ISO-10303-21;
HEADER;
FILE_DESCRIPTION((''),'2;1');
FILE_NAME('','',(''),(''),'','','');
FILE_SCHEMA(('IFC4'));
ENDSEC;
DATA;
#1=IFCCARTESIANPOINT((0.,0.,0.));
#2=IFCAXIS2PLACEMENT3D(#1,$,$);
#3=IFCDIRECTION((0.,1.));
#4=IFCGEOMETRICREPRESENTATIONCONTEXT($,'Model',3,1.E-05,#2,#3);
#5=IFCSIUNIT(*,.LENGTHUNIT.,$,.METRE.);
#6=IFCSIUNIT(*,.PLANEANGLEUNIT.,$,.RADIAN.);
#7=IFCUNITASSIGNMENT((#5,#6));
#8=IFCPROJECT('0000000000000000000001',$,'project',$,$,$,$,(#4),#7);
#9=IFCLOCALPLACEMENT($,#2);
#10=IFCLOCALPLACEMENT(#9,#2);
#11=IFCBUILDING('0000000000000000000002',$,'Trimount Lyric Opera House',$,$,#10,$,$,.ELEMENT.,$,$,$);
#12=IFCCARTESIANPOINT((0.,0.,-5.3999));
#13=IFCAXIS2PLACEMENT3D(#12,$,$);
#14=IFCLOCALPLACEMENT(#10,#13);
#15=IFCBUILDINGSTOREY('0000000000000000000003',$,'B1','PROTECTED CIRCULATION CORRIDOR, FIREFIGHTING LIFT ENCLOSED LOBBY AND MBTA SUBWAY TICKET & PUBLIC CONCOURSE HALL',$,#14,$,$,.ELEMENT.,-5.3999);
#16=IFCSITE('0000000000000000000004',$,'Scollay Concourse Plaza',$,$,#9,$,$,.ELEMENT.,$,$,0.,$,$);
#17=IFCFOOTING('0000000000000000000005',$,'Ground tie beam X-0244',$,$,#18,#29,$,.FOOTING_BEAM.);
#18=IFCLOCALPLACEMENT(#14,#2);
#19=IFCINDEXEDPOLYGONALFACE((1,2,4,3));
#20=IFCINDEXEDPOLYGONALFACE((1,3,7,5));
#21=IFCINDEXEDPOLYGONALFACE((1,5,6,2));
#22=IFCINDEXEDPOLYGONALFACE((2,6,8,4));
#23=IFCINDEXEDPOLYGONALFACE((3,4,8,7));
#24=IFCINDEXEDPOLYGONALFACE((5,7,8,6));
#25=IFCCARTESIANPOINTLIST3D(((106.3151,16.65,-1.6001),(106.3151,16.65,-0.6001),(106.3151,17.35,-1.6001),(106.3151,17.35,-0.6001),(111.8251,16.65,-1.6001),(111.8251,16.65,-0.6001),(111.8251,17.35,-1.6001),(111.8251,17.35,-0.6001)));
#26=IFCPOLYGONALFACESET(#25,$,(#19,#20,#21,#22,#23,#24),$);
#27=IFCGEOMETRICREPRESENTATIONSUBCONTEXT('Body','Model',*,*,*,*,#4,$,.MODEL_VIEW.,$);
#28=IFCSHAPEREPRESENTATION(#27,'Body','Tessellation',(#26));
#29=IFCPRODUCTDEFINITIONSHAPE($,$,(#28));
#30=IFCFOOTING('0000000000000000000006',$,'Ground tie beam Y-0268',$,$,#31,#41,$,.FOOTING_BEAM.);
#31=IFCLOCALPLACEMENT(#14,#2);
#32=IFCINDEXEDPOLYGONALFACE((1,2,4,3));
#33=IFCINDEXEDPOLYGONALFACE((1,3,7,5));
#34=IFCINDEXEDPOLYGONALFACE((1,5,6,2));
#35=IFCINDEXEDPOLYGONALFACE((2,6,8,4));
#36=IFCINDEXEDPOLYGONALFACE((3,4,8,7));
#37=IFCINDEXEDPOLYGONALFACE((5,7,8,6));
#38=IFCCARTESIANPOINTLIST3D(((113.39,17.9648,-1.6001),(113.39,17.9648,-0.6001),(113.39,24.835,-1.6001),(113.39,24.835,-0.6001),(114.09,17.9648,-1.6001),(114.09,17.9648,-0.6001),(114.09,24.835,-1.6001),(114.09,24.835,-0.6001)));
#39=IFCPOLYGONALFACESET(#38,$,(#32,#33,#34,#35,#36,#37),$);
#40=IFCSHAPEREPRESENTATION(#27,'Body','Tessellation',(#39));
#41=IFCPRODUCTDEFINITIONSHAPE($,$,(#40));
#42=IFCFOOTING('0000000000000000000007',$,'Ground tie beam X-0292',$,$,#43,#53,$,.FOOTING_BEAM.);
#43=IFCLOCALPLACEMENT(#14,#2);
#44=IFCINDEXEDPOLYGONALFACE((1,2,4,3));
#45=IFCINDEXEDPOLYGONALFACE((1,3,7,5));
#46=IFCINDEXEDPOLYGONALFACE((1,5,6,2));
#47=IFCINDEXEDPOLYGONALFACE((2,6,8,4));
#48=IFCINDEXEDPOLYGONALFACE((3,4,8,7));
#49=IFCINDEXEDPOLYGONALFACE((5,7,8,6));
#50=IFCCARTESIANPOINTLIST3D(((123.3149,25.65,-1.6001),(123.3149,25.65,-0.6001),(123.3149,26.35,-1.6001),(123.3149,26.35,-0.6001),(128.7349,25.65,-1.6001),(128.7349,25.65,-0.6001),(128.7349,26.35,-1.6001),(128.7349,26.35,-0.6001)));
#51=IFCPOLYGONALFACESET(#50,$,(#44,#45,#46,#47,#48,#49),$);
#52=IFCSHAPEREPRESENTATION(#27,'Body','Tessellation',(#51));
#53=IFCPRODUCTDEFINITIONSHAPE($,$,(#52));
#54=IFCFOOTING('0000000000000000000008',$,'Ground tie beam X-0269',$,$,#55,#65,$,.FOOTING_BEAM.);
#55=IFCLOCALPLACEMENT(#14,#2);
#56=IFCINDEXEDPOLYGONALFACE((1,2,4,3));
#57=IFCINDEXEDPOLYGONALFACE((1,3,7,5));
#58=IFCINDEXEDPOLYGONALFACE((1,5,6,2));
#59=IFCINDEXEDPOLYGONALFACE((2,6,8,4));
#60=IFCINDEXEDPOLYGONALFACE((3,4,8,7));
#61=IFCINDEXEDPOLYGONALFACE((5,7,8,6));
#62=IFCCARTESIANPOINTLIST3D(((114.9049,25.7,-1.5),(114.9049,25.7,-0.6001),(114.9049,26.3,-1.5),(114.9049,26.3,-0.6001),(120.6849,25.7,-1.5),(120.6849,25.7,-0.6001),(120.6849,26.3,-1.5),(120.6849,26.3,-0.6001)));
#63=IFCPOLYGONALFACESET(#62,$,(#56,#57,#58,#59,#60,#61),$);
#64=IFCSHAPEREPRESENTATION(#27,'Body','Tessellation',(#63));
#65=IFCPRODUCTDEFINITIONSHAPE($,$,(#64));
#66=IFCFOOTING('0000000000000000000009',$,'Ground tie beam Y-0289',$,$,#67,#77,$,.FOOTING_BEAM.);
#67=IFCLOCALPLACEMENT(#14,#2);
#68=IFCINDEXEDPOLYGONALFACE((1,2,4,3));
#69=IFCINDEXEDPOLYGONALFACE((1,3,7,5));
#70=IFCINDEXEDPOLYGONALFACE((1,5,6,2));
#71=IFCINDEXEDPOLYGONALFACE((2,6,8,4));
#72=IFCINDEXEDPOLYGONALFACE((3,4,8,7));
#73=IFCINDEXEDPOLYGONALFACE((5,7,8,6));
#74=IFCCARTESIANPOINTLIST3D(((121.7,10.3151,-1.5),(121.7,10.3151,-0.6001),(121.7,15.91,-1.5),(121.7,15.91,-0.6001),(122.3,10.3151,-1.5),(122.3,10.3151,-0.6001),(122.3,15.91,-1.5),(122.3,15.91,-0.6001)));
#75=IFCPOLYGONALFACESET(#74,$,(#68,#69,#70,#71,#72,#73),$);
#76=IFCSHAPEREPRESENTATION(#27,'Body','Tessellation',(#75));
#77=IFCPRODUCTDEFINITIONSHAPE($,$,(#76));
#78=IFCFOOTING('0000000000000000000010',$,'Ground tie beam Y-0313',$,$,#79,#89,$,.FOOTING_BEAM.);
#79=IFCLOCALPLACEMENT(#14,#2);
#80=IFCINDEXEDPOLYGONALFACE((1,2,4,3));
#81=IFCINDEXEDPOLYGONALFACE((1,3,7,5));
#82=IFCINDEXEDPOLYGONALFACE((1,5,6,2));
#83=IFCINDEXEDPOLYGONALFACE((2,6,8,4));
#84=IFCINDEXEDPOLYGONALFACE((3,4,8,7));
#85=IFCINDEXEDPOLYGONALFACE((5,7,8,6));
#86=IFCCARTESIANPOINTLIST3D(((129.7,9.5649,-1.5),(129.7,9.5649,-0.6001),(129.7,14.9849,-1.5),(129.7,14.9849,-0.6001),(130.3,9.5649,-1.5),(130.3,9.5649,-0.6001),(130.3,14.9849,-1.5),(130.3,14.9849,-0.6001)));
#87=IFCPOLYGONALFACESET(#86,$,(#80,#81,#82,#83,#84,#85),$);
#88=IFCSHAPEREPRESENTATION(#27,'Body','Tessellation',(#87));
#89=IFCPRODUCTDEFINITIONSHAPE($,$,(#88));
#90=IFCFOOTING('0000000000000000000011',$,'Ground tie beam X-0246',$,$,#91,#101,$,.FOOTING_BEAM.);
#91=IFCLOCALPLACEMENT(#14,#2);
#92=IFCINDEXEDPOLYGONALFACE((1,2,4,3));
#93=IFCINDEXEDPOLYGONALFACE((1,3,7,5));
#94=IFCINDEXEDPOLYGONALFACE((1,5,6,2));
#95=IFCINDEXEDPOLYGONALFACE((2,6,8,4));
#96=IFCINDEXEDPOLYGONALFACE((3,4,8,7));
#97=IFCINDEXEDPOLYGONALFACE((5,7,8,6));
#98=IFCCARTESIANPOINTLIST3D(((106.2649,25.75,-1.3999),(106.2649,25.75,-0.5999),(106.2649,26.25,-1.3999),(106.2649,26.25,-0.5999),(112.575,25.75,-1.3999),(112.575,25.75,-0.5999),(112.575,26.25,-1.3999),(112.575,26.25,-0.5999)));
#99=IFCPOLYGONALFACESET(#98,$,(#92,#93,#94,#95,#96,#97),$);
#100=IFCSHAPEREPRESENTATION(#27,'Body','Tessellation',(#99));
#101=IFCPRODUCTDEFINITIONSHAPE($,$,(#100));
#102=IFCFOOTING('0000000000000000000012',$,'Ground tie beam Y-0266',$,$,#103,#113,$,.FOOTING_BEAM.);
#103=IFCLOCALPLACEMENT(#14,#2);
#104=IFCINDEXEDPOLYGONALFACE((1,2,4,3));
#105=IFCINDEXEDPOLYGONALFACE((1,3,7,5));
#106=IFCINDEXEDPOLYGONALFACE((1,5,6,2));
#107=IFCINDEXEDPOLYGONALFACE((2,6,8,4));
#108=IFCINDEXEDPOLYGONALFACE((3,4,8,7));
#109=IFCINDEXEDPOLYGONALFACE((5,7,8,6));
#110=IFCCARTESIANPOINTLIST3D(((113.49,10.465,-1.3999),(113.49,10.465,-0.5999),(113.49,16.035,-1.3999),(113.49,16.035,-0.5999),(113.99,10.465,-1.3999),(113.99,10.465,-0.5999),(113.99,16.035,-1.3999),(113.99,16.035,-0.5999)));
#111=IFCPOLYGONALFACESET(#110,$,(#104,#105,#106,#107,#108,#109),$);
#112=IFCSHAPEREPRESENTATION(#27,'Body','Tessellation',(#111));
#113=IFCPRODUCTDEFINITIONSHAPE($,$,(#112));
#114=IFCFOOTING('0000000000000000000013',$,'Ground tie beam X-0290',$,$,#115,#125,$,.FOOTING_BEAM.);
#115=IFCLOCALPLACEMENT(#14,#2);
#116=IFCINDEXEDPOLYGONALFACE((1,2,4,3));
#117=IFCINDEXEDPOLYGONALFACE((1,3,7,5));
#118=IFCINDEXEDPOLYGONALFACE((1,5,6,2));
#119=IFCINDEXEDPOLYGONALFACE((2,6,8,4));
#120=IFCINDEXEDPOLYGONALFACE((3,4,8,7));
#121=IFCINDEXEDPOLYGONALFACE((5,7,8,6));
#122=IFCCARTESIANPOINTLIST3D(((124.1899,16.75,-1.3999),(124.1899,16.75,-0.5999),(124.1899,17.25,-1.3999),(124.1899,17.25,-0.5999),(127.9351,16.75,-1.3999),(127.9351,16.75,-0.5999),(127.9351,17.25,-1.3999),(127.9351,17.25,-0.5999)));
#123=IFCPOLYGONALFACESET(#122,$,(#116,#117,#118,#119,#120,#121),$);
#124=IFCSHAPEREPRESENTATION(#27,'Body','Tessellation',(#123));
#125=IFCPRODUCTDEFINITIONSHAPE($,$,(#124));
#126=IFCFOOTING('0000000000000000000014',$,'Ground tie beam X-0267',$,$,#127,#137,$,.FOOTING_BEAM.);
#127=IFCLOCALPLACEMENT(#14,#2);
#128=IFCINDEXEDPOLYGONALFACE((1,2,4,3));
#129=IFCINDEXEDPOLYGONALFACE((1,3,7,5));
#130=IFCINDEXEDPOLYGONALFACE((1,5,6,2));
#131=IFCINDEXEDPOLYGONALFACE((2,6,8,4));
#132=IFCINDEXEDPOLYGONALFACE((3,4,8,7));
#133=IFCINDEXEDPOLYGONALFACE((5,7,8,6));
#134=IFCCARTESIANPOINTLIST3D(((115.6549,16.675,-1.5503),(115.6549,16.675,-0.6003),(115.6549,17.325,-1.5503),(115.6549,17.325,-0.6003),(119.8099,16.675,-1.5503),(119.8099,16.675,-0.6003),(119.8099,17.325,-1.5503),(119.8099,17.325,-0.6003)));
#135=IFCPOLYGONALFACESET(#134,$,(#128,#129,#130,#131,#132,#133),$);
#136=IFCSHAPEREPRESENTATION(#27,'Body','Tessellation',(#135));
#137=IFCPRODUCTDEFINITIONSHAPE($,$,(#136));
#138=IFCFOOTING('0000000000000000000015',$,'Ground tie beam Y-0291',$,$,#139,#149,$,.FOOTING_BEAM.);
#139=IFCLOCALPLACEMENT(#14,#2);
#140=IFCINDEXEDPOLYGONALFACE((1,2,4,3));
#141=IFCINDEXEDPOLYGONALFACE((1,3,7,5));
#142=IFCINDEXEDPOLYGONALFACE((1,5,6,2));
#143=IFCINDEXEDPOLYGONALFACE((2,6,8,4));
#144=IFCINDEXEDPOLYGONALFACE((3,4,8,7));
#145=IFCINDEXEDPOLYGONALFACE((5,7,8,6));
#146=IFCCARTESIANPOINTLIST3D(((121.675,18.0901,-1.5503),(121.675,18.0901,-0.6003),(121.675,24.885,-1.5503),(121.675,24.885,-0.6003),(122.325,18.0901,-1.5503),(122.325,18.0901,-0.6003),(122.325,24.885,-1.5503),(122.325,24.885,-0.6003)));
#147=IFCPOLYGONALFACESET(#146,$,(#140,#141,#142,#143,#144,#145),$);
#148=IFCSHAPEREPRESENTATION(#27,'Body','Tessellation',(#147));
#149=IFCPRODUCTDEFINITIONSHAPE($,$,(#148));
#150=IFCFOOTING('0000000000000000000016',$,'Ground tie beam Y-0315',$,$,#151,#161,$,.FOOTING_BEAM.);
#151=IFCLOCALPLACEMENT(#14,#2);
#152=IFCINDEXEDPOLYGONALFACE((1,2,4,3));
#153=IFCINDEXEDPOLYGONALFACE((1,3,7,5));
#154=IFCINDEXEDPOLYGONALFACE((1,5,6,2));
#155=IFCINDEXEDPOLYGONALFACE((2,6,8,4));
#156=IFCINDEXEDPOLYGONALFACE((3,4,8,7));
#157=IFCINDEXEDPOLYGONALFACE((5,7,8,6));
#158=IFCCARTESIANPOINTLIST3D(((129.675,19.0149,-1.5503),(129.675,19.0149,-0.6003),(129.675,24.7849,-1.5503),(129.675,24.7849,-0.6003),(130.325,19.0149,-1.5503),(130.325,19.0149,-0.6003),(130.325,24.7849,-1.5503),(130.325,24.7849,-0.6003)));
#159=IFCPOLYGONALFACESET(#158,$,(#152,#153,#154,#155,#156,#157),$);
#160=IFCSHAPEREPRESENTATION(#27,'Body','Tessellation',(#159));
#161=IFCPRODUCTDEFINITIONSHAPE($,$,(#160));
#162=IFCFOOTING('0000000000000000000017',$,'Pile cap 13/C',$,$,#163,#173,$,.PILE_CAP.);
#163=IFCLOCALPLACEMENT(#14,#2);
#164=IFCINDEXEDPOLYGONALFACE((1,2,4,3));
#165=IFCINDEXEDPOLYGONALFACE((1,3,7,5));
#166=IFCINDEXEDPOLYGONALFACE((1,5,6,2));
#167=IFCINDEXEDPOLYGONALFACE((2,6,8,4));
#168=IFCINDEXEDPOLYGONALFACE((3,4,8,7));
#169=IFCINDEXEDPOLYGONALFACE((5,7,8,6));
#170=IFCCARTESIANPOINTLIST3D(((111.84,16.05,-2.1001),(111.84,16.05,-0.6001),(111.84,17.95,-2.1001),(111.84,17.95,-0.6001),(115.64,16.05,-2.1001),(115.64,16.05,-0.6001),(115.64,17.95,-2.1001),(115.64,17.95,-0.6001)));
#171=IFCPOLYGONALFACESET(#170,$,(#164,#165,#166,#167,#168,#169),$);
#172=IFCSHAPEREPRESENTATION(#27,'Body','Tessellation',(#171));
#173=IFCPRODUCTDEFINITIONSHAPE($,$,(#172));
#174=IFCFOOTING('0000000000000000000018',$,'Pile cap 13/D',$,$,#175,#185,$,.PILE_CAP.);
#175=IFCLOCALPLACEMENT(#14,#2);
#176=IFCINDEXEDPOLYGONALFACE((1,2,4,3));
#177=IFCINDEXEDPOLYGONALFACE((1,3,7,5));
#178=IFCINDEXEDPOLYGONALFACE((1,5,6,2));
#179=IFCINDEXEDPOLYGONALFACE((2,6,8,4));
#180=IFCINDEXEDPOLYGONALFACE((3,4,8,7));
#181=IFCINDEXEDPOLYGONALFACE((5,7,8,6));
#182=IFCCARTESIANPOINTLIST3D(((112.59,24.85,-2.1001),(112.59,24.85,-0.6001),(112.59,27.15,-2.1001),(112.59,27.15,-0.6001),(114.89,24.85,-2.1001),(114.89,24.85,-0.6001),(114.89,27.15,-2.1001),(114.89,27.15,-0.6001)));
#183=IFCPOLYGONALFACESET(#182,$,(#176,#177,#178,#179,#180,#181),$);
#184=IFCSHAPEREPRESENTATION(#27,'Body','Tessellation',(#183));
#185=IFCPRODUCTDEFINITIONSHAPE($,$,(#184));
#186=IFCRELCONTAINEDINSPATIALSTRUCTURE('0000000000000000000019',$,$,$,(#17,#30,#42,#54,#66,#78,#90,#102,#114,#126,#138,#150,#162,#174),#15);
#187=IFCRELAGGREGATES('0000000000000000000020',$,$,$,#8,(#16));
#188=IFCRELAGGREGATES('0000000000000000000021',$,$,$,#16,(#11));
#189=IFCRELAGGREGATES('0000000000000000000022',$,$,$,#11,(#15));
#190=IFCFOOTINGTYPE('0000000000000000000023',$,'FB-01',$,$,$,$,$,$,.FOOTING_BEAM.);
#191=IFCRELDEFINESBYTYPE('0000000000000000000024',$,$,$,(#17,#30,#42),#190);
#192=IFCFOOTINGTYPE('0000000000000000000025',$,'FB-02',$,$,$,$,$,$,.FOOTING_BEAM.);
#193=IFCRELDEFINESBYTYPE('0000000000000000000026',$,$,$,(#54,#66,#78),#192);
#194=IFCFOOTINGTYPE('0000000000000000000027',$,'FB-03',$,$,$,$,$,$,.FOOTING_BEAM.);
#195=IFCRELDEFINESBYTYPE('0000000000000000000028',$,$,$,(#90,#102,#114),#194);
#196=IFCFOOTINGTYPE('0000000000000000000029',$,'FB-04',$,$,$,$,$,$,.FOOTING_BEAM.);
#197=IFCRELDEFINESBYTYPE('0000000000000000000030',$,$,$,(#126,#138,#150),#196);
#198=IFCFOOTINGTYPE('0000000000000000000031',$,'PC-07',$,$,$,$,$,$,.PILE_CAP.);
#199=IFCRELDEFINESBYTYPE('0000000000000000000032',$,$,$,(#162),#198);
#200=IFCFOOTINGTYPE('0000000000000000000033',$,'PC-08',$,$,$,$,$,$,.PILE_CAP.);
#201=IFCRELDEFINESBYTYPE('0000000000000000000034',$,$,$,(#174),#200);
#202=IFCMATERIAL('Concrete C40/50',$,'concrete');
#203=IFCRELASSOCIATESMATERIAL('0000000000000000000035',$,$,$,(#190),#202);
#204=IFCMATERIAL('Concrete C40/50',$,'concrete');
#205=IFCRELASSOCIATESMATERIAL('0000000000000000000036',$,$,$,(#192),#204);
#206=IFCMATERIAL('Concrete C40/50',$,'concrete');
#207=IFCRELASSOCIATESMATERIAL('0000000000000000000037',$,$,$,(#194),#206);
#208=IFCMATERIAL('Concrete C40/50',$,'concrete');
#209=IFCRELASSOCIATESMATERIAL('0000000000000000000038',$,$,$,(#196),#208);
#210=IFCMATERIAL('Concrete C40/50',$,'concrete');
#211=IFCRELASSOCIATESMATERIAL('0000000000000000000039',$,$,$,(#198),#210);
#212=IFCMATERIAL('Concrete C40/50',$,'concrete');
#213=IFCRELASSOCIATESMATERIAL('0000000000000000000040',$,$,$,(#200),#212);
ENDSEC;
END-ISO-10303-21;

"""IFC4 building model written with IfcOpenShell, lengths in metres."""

from ifc_helpers import new_model, si_unit, direction, frame, origin, origin_2d, place, context, subcontext, project, spatial, rectangle, extrude, material, type_object, element, save


model = new_model("IFC4")

# Units and contexts
model_context = context("Model", 3, precision=1e-05, world=origin(), true_north=direction((0.0, 1.0)))
body_context = subcontext(model_context, "Body", "Model", "MODEL_VIEW")
ifc_project = project(units=[si_unit("LENGTHUNIT", "METRE"), si_unit("PLANEANGLEUNIT", "RADIAN")], contexts=[model_context])

# Site, building, storey
site_placement = place(None, origin())
site = spatial("IfcSite", under=ifc_project, at=site_placement, Name="Scollay Concourse Plaza", CompositionType="ELEMENT", RefElevation=0.0)
building_placement = place(site_placement, origin())
building = spatial("IfcBuilding", under=site, at=building_placement, Name="Trimount Lyric Opera House", CompositionType="ELEMENT")
storey_placement = place(building_placement, frame((0.0, 0.0, -5.3999)))
storey = spatial("IfcBuildingStorey", under=building, at=storey_placement, Name="B1", Description="PROTECTED CIRCULATION CORRIDOR, FIREFIGHTING LIFT ENCLOSED LOBBY AND MBTA SUBWAY TICKET & PUBLIC CONCOURSE HALL", CompositionType="ELEMENT", Elevation=-5.3999)

# Footings
ifc_material_1 = material(Name="Concrete C40/50", Category="concrete")
footing_type_1 = type_object("IfcFootingType", Name="FB-01", PredefinedType="FOOTING_BEAM", material=ifc_material_1)
footing_1_placement = place(storey_placement, frame((109.0701, 17.0, -1.6001), z_axis=(0.0, 0.0, 1.0), x_axis=(1.0, 0.0, 0.0)))
element("IfcFooting", 1, at=footing_1_placement, inside=storey, type_object=footing_type_1, Name="Ground tie beam X-0244", PredefinedType="FOOTING_BEAM", context=body_context, shape_type="SweptSolid", body=[
    extrude(rectangle(XDim=5.51, YDim=0.7, at=origin_2d()), origin(), (0.0, 0.0, 1.0), 1.0),
])
footing_2_placement = place(storey_placement, frame((113.74, 21.3999, -1.6001), z_axis=(0.0, 0.0, 1.0), x_axis=(1.0, 0.0, 0.0)))
element("IfcFooting", 2, at=footing_2_placement, inside=storey, type_object=footing_type_1, Name="Ground tie beam Y-0268", PredefinedType="FOOTING_BEAM", context=body_context, shape_type="SweptSolid", body=[
    extrude(rectangle(XDim=0.7, YDim=6.8701, at=origin_2d()), origin(), (0.0, 0.0, 1.0), 1.0),
])
footing_3_placement = place(storey_placement, frame((126.0249, 26.0, -1.6001), z_axis=(0.0, 0.0, 1.0), x_axis=(1.0, 0.0, 0.0)))
element("IfcFooting", 3, at=footing_3_placement, inside=storey, type_object=footing_type_1, Name="Ground tie beam X-0292", PredefinedType="FOOTING_BEAM", context=body_context, shape_type="SweptSolid", body=[
    extrude(rectangle(XDim=5.4199, YDim=0.7, at=origin_2d()), origin(), (0.0, 0.0, 1.0), 1.0),
])
ifc_material_2 = material(Name="Concrete C40/50", Category="concrete")
footing_type_2 = type_object("IfcFootingType", Name="FB-02", PredefinedType="FOOTING_BEAM", material=ifc_material_2)
footing_4_placement = place(storey_placement, frame((117.7949, 26.0, -1.5), z_axis=(0.0, 0.0, 1.0), x_axis=(1.0, 0.0, 0.0)))
element("IfcFooting", 4, at=footing_4_placement, inside=storey, type_object=footing_type_2, Name="Ground tie beam X-0269", PredefinedType="FOOTING_BEAM", context=body_context, shape_type="SweptSolid", body=[
    extrude(rectangle(XDim=5.78, YDim=0.6001, at=origin_2d()), origin(), (0.0, 0.0, 1.0), 0.8999),
])
footing_5_placement = place(storey_placement, frame((122.0, 13.1125, -1.5), z_axis=(0.0, 0.0, 1.0), x_axis=(1.0, 0.0, 0.0)))
element("IfcFooting", 5, at=footing_5_placement, inside=storey, type_object=footing_type_2, Name="Ground tie beam Y-0289", PredefinedType="FOOTING_BEAM", context=body_context, shape_type="SweptSolid", body=[
    extrude(rectangle(XDim=0.6001, YDim=5.595, at=origin_2d()), origin(), (0.0, 0.0, 1.0), 0.8999),
])
footing_6_placement = place(storey_placement, frame((130.0, 12.2749, -1.5), z_axis=(0.0, 0.0, 1.0), x_axis=(1.0, 0.0, 0.0)))
element("IfcFooting", 6, at=footing_6_placement, inside=storey, type_object=footing_type_2, Name="Ground tie beam Y-0313", PredefinedType="FOOTING_BEAM", context=body_context, shape_type="SweptSolid", body=[
    extrude(rectangle(XDim=0.6001, YDim=5.4199, at=origin_2d()), origin(), (0.0, 0.0, 1.0), 0.8999),
])
ifc_material_3 = material(Name="Concrete C40/50", Category="concrete")
footing_type_3 = type_object("IfcFootingType", Name="FB-03", PredefinedType="FOOTING_BEAM", material=ifc_material_3)
footing_7_placement = place(storey_placement, frame((109.4199, 26.0, -1.3999), z_axis=(0.0, 0.0, 1.0), x_axis=(1.0, 0.0, 0.0)))
element("IfcFooting", 7, at=footing_7_placement, inside=storey, type_object=footing_type_3, Name="Ground tie beam X-0246", PredefinedType="FOOTING_BEAM", context=body_context, shape_type="SweptSolid", body=[
    extrude(rectangle(XDim=6.3101, YDim=0.5, at=origin_2d()), origin(), (0.0, 0.0, 1.0), 0.8),
])
footing_8_placement = place(storey_placement, frame((113.74, 13.25, -1.3999), z_axis=(0.0, 0.0, 1.0), x_axis=(1.0, 0.0, 0.0)))
element("IfcFooting", 8, at=footing_8_placement, inside=storey, type_object=footing_type_3, Name="Ground tie beam Y-0266", PredefinedType="FOOTING_BEAM", context=body_context, shape_type="SweptSolid", body=[
    extrude(rectangle(XDim=0.5, YDim=5.5701, at=origin_2d()), origin(), (0.0, 0.0, 1.0), 0.8),
])
footing_9_placement = place(storey_placement, frame((126.0625, 17.0, -1.3999), z_axis=(0.0, 0.0, 1.0), x_axis=(1.0, 0.0, 0.0)))
element("IfcFooting", 9, at=footing_9_placement, inside=storey, type_object=footing_type_3, Name="Ground tie beam X-0290", PredefinedType="FOOTING_BEAM", context=body_context, shape_type="SweptSolid", body=[
    extrude(rectangle(XDim=3.7451, YDim=0.5, at=origin_2d()), origin(), (0.0, 0.0, 1.0), 0.8),
])
ifc_material_4 = material(Name="Concrete C40/50", Category="concrete")
footing_type_4 = type_object("IfcFootingType", Name="FB-04", PredefinedType="FOOTING_BEAM", material=ifc_material_4)
footing_10_placement = place(storey_placement, frame((117.7324, 17.0, -1.5503), z_axis=(0.0, 0.0, 1.0), x_axis=(1.0, 0.0, 0.0)))
element("IfcFooting", 10, at=footing_10_placement, inside=storey, type_object=footing_type_4, Name="Ground tie beam X-0267", PredefinedType="FOOTING_BEAM", context=body_context, shape_type="SweptSolid", body=[
    extrude(rectangle(XDim=4.155, YDim=0.6499, at=origin_2d()), origin(), (0.0, 0.0, 1.0), 0.95),
])
footing_11_placement = place(storey_placement, frame((122.0, 21.4875, -1.5503), z_axis=(0.0, 0.0, 1.0), x_axis=(1.0, 0.0, 0.0)))
element("IfcFooting", 11, at=footing_11_placement, inside=storey, type_object=footing_type_4, Name="Ground tie beam Y-0291", PredefinedType="FOOTING_BEAM", context=body_context, shape_type="SweptSolid", body=[
    extrude(rectangle(XDim=0.6499, YDim=6.7949, at=origin_2d()), origin(), (0.0, 0.0, 1.0), 0.95),
])
footing_12_placement = place(storey_placement, frame((130.0, 21.8999, -1.5503), z_axis=(0.0, 0.0, 1.0), x_axis=(1.0, 0.0, 0.0)))
element("IfcFooting", 12, at=footing_12_placement, inside=storey, type_object=footing_type_4, Name="Ground tie beam Y-0315", PredefinedType="FOOTING_BEAM", context=body_context, shape_type="SweptSolid", body=[
    extrude(rectangle(XDim=0.6499, YDim=5.77, at=origin_2d()), origin(), (0.0, 0.0, 1.0), 0.95),
])
ifc_material_5 = material(Name="Concrete C40/50", Category="concrete")
footing_type_5 = type_object("IfcFootingType", Name="PC-07", PredefinedType="PILE_CAP", material=ifc_material_5)
footing_13_placement = place(storey_placement, frame((113.74, 17.0, -2.1001), z_axis=(0.0, 0.0, 1.0), x_axis=(1.0, 0.0, 0.0)))
element("IfcFooting", 13, at=footing_13_placement, inside=storey, type_object=footing_type_5, Name="Pile cap 13/C", PredefinedType="PILE_CAP", context=body_context, shape_type="SweptSolid", body=[
    extrude(rectangle(XDim=3.8, YDim=1.8999, at=origin_2d()), origin(), (0.0, 0.0, 1.0), 1.5),
])
ifc_material_6 = material(Name="Concrete C40/50", Category="concrete")
footing_type_6 = type_object("IfcFootingType", Name="PC-08", PredefinedType="PILE_CAP", material=ifc_material_6)
footing_14_placement = place(storey_placement, frame((113.74, 26.0, -2.1001), z_axis=(0.0, 0.0, 1.0), x_axis=(1.0, 0.0, 0.0)))
element("IfcFooting", 14, at=footing_14_placement, inside=storey, type_object=footing_type_6, Name="Pile cap 13/D", PredefinedType="PILE_CAP", context=body_context, shape_type="SweptSolid", body=[
    extrude(rectangle(XDim=2.3, YDim=2.3, at=origin_2d()), origin(), (0.0, 0.0, 1.0), 1.5),
])

save(model, "model.ifc")
